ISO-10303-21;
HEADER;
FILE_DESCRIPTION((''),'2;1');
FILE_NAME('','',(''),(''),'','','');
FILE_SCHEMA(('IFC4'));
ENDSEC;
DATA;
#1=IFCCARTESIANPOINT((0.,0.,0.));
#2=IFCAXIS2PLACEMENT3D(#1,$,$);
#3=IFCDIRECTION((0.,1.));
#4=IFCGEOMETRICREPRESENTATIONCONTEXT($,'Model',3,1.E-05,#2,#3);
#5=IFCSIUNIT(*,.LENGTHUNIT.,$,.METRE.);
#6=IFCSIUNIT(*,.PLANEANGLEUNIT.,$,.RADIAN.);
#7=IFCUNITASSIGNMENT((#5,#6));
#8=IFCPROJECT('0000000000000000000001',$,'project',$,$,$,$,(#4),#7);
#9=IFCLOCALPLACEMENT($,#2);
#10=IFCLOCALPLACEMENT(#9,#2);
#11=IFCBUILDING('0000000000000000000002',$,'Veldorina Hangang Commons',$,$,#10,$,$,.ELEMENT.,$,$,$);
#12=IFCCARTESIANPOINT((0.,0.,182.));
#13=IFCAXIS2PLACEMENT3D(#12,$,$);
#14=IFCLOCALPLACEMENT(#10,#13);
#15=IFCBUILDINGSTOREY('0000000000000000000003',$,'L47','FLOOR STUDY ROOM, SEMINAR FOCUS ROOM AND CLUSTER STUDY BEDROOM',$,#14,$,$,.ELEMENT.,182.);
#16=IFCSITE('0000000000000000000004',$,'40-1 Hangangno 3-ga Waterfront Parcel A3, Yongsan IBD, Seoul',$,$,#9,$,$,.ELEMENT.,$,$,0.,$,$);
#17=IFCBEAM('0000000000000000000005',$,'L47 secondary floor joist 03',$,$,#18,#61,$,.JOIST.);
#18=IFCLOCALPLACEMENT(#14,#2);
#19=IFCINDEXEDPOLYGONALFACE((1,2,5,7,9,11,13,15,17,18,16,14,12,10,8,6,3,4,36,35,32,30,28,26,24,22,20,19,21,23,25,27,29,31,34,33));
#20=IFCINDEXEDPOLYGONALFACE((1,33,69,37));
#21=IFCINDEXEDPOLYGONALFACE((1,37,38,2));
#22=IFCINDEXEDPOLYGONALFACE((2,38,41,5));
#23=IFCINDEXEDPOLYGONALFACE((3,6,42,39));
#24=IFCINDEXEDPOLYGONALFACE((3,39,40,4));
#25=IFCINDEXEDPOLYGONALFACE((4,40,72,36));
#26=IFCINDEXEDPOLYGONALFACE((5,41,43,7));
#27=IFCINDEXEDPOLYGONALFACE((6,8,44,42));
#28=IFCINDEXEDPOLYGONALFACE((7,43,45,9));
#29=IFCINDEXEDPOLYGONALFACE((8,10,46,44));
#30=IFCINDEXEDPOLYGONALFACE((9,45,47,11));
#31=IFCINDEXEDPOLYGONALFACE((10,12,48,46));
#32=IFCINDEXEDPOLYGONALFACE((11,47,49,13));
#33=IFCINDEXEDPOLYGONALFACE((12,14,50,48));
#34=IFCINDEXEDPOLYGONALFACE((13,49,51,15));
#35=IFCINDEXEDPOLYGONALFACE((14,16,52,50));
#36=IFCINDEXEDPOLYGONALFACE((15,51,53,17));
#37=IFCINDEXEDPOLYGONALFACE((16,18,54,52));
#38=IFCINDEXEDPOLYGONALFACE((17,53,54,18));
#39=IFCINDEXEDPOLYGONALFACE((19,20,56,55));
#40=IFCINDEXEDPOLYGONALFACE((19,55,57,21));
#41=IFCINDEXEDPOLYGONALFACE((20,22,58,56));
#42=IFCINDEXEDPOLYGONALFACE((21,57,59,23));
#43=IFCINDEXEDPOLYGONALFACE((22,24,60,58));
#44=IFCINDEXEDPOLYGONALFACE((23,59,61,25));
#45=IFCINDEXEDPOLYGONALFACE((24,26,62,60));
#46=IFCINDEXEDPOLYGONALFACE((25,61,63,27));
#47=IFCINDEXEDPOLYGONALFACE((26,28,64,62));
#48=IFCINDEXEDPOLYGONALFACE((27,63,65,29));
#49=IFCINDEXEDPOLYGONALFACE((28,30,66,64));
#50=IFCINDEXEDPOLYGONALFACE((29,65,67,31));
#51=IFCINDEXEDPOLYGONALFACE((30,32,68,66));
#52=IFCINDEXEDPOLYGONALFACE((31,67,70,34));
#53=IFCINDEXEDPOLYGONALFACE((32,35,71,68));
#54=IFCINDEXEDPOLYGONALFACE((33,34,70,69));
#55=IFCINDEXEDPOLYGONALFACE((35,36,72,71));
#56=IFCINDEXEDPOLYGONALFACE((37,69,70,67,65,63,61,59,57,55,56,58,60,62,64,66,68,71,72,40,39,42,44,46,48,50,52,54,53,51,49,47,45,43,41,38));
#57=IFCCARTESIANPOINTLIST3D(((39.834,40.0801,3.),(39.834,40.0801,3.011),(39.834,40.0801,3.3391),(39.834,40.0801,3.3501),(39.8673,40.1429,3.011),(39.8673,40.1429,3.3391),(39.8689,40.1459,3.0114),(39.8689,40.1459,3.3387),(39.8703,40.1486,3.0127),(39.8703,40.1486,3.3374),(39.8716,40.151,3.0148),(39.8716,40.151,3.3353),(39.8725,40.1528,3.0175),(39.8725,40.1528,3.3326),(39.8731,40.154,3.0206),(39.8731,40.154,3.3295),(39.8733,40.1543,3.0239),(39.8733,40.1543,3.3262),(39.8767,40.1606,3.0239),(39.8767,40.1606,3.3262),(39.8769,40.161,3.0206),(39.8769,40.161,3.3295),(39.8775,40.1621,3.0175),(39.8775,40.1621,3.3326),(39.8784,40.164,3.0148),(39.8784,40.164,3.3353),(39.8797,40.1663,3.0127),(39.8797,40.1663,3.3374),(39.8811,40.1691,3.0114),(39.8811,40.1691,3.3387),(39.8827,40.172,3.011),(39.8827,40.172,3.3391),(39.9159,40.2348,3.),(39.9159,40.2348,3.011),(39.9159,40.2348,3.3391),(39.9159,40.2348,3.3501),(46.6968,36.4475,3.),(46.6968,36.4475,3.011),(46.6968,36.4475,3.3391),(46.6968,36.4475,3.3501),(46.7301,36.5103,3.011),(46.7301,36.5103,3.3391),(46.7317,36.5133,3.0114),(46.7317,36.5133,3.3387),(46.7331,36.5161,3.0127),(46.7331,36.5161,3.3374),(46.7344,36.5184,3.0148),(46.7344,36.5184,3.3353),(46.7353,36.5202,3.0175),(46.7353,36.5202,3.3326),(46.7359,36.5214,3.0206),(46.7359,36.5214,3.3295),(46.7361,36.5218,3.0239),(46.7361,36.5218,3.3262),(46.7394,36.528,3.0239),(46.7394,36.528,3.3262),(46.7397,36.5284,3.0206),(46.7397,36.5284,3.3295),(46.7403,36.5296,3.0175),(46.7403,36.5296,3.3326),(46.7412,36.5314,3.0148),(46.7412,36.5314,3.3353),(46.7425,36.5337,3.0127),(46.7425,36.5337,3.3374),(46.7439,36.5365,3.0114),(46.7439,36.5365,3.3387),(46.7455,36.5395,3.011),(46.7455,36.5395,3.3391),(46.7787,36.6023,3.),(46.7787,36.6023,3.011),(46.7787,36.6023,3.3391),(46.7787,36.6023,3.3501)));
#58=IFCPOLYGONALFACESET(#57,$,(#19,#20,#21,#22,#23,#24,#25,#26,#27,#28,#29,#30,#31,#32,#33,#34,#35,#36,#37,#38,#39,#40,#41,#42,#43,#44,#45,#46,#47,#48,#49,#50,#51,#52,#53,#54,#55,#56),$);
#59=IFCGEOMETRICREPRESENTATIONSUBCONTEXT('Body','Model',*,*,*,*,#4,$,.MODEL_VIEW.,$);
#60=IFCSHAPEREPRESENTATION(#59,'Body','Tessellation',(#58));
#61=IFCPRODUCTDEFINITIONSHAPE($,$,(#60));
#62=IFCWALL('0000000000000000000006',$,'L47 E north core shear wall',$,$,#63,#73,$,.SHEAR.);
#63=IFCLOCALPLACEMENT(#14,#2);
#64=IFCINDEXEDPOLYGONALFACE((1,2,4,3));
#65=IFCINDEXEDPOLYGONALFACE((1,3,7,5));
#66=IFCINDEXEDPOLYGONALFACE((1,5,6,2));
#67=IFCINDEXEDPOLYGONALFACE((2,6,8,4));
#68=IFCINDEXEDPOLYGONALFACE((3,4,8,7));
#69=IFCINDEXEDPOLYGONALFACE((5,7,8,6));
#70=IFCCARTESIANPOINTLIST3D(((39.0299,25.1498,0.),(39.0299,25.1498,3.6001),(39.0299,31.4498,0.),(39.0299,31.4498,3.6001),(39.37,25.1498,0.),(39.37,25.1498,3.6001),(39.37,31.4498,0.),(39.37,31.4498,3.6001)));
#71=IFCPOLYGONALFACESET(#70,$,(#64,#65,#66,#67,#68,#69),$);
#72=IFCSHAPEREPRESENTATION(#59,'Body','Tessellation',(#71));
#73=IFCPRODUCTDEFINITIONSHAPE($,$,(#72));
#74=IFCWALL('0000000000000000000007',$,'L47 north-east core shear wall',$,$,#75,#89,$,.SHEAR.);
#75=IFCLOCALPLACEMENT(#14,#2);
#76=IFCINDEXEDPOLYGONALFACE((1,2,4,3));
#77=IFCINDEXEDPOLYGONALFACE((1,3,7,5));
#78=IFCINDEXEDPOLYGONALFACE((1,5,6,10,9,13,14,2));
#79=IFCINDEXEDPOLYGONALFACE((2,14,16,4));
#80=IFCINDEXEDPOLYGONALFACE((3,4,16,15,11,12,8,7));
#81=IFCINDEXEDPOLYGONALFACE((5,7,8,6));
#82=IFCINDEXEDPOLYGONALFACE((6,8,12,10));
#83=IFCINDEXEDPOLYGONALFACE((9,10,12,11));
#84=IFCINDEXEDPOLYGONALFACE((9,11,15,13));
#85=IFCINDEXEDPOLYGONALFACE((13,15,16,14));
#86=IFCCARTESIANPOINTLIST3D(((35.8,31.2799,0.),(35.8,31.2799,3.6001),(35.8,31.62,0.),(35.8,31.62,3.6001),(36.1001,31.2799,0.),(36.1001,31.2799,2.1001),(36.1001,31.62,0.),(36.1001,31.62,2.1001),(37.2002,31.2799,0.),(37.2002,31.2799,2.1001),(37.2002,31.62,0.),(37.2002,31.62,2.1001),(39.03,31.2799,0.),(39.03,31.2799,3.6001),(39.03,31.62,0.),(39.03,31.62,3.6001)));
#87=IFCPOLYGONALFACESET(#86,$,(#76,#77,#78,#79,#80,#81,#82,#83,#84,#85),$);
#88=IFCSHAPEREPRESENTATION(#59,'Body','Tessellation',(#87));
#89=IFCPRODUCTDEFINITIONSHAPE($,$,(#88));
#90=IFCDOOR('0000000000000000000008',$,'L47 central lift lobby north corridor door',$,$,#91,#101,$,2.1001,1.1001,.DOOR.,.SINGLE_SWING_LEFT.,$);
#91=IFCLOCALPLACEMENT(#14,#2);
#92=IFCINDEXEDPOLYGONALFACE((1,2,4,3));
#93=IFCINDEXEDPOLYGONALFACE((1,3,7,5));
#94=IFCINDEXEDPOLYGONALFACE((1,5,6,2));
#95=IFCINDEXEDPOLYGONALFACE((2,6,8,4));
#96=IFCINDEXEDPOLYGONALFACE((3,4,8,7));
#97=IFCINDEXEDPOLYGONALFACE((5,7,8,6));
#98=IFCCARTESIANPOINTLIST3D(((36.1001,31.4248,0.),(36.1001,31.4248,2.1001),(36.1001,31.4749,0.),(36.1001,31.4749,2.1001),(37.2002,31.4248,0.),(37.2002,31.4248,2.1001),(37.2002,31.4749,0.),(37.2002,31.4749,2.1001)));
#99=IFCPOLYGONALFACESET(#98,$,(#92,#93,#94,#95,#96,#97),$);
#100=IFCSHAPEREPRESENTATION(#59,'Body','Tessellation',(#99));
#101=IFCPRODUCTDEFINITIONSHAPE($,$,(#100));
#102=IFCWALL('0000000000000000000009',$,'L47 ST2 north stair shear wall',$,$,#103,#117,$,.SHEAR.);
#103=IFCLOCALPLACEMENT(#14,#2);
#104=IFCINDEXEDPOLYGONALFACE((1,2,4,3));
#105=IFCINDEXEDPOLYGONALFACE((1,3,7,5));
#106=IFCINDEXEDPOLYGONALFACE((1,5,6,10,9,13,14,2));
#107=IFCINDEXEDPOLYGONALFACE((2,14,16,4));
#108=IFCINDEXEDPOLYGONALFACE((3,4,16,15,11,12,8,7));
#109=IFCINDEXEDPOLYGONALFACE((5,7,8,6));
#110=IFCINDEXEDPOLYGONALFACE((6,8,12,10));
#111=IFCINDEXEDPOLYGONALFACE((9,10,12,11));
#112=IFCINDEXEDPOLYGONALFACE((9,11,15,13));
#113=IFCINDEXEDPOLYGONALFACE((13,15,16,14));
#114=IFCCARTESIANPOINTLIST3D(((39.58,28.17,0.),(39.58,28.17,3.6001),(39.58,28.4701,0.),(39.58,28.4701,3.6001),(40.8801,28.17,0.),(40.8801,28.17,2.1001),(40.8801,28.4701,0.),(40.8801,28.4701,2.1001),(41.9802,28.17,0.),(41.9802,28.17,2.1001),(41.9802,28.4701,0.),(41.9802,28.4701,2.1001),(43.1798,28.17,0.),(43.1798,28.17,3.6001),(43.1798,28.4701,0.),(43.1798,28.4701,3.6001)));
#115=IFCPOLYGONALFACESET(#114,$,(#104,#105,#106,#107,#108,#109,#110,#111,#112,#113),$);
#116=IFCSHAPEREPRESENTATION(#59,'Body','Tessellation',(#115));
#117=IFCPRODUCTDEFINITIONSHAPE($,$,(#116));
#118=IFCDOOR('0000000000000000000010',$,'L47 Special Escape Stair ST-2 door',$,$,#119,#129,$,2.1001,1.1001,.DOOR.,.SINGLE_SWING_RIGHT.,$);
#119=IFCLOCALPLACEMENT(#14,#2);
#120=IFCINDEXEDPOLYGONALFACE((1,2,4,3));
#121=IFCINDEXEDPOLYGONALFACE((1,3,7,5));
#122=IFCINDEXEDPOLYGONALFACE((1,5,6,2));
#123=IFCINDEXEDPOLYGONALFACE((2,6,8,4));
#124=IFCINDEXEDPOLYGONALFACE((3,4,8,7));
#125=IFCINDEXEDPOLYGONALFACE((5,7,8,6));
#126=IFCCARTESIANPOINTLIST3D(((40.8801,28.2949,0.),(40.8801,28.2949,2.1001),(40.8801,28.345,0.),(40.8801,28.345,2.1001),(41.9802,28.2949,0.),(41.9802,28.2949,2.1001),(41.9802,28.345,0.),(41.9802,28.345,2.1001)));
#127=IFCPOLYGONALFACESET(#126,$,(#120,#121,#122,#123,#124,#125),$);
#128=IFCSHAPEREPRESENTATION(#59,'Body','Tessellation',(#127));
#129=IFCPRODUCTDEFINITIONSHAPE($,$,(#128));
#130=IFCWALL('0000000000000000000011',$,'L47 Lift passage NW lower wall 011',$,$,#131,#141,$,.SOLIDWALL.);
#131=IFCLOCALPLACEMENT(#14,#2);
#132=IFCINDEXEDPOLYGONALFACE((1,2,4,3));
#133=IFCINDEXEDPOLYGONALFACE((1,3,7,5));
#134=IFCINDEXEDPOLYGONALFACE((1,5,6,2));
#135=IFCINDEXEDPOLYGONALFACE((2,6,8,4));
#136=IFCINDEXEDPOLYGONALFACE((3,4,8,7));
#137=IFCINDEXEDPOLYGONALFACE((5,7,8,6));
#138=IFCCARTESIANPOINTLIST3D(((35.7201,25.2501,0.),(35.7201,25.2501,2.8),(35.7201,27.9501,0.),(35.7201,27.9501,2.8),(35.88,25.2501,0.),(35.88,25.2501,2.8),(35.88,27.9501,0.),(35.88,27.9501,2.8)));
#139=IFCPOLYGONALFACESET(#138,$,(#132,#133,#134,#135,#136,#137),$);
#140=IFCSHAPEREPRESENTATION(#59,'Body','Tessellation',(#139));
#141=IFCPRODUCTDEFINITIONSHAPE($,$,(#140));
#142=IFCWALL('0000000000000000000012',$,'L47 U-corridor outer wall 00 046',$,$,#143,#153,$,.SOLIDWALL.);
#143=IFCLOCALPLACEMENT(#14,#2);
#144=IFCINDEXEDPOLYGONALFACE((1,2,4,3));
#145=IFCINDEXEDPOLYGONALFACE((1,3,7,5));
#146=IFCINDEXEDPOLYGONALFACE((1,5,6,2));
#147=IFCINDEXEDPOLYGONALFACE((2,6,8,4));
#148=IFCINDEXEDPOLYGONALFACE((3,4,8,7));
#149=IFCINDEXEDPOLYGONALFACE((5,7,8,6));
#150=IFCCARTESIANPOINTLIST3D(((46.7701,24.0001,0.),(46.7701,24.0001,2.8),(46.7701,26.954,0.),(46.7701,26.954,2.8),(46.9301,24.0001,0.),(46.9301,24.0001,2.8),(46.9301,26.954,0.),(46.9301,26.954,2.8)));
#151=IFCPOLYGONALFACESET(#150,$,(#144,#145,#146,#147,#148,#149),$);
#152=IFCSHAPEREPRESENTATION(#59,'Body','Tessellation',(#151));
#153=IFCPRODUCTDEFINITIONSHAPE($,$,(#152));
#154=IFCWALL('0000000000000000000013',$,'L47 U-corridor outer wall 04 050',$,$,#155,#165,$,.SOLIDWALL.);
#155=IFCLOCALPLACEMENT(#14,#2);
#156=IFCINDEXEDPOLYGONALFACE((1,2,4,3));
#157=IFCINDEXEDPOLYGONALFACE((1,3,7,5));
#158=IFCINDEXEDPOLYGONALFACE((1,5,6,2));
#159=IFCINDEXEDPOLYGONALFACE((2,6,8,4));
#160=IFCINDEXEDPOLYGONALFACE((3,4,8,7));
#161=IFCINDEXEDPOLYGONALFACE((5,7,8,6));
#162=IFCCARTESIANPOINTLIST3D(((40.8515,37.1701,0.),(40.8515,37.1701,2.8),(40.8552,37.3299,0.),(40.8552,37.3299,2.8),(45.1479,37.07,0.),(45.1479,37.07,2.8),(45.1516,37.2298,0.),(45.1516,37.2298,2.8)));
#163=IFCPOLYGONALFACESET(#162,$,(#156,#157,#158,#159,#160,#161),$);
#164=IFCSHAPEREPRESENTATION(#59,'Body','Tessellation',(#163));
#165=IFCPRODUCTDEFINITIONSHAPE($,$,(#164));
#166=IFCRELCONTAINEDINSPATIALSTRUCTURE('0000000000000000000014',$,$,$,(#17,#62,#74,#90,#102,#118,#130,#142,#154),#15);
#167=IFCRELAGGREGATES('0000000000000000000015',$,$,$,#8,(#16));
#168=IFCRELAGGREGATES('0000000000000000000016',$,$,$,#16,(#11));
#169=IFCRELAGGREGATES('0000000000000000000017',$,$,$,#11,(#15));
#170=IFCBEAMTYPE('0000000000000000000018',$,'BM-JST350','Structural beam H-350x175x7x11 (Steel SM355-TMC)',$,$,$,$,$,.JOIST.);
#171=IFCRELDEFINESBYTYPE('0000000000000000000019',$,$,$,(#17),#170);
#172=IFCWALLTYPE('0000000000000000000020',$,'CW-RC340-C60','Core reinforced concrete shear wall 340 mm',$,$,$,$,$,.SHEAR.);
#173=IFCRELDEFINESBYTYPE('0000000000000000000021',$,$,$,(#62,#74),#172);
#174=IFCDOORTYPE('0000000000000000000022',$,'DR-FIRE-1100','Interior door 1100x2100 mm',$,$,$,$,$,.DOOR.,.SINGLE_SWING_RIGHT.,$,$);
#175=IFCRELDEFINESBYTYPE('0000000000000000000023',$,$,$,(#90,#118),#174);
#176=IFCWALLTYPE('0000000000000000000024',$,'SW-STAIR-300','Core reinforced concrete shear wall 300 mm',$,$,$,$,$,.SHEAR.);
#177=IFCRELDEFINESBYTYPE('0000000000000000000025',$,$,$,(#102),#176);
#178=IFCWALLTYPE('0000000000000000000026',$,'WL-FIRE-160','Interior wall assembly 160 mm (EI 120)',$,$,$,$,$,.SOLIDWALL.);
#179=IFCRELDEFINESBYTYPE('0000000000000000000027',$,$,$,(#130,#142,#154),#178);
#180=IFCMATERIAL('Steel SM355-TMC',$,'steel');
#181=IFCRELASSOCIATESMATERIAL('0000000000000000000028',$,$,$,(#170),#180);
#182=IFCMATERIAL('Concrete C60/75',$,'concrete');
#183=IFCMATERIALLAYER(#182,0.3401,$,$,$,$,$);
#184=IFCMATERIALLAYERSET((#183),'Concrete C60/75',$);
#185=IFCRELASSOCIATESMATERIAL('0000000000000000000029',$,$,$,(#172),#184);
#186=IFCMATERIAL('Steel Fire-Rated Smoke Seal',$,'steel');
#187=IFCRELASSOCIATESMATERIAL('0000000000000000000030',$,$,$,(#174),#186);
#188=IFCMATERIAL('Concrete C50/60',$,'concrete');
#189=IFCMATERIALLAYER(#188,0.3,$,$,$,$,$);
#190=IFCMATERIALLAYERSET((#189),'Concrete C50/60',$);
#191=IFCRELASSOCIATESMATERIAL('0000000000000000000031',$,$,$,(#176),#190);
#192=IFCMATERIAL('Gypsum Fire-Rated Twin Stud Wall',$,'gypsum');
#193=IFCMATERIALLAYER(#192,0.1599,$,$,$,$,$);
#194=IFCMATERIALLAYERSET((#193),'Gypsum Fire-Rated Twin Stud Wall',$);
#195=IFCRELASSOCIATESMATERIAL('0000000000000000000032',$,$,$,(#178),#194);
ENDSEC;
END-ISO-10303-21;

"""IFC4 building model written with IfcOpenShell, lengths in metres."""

from ifc_helpers import new_model, si_unit, direction, frame, frame_2d, origin, origin_2d, place, context, subcontext, project, spatial, rectangle, i_section, extrude, material, layer, layer_set, material_profile, profile_set, type_object, element, fill, save


model = new_model("IFC4")

# Units and contexts
model_context = context("Model", 3, precision=1e-05, world=origin(), true_north=direction((0.0, 1.0)))
body_context = subcontext(model_context, "Body", "Model", "MODEL_VIEW")
ifc_project = project(units=[si_unit("LENGTHUNIT", "METRE"), si_unit("PLANEANGLEUNIT", "RADIAN")], contexts=[model_context])

# Site, building, storey
site_placement = place(None, origin())
site = spatial("IfcSite", under=ifc_project, at=site_placement, Name="40-1 Hangangno 3-ga Waterfront Parcel A3, Yongsan IBD, Seoul", CompositionType="ELEMENT", RefElevation=0.0)
building_placement = place(site_placement, origin())
building = spatial("IfcBuilding", under=site, at=building_placement, Name="Veldorina Hangang Commons", CompositionType="ELEMENT")
storey_placement = place(building_placement, frame((0.0, 0.0, 182.0)))
storey = spatial("IfcBuildingStorey", under=building, at=storey_placement, Name="L47", Description="FLOOR STUDY ROOM, SEMINAR FOCUS ROOM AND CLUSTER STUDY BEDROOM", CompositionType="ELEMENT", Elevation=182.0)

# Beam
ifc_material_1 = material(Name="Steel SM355-TMC", Category="steel")
ifc_material_profile_1 = material_profile(ifc_material_1, i_section(OverallWidth=0.175, OverallDepth=0.3501, WebThickness=0.0071, FlangeThickness=0.011, FilletRadius=0.0129, at=origin_2d()), Name="H-350x175x7x11")
ifc_profile_set_1 = profile_set([ifc_material_profile_1], Name="Steel SM355-TMC")
beam_type_1 = type_object("IfcBeamType", Name="BM-JST350", Description="Structural beam H-350x175x7x11 (Steel SM355-TMC)", PredefinedType="JOIST", material=ifc_profile_set_1)
beam_1_placement = place(storey_placement, frame((46.7378, 36.5249, 3.175), z_axis=(-0.883824, 0.46782, 0.0), x_axis=(-0.46782, -0.883824, 0.0)))
element("IfcBeam", 1, at=beam_1_placement, inside=storey, type_object=beam_type_1, Name="L47 secondary floor joist 03", PredefinedType="JOIST", context=body_context, shape_type="SweptSolid", body=[
    extrude(i_section(OverallWidth=0.175, OverallDepth=0.3501, WebThickness=0.0071, FlangeThickness=0.011, FilletRadius=0.0129, at=origin_2d()), origin(), (0.0, 0.0, 1.0), 7.7649),
])

# Wall
ifc_material_2 = material(Name="Concrete C60/75", Category="concrete")
ifc_layer_1 = layer(ifc_material_2, 0.3401)
ifc_layer_set_1 = layer_set([ifc_layer_1], Name="Concrete C60/75")
wall_type_1 = type_object("IfcWallType", Name="CW-RC340-C60", Description="Core reinforced concrete shear wall 340 mm", PredefinedType="SHEAR", material=ifc_layer_set_1)
wall_1_placement = place(storey_placement, frame((39.2, 25.1499, 0.0), z_axis=(0.0, 0.0, 1.0), x_axis=(0.0, 1.0, 0.0)))
element("IfcWall", 2, at=wall_1_placement, inside=storey, type_object=wall_type_1, Name="L47 E north core shear wall", PredefinedType="SHEAR", context=body_context, shape_type="SweptSolid", body=[
    extrude(rectangle(XDim=6.3, YDim=0.3401, at=frame_2d((3.1499, 0.0))), origin(), (0.0, 0.0, 1.0), 3.6001),
])

# Walls, openings, doors
wall_2_placement = place(storey_placement, frame((35.8, 31.45, 0.0), z_axis=(0.0, 0.0, 1.0), x_axis=(1.0, 0.0, 0.0)))
wall_2 = element("IfcWall", 3, at=wall_2_placement, inside=storey, type_object=wall_type_1, Name="L47 north-east core shear wall", PredefinedType="SHEAR", context=body_context, shape_type="SweptSolid", body=[
    extrude(rectangle(XDim=3.23, YDim=0.3401, at=frame_2d((1.615, 0.0))), origin(), (0.0, 0.0, 1.0), 3.6001),
])
opening_1_placement = place(wall_2_placement, frame((0.3, 0.0, 0.0)))
opening_1 = element("IfcOpeningElement", 4, at=opening_1_placement, cuts=wall_2, PredefinedType="OPENING", context=body_context, shape_type="SweptSolid", body=[
    extrude(rectangle(XDim=1.1001, YDim=2.1001, at=frame_2d((0.55, 1.05))), frame((0.0, 0.1802, 0.0), z_axis=(0.0, -1.0, 0.0), x_axis=(1.0, 0.0, 0.0)), (0.0, 0.0, 1.0), 0.3601),
])
ifc_material_3 = material(Name="Steel Fire-Rated Smoke Seal", Category="steel")
door_type_1 = type_object("IfcDoorType", Name="DR-FIRE-1100", Description="Interior door 1100x2100 mm", OperationType="SINGLE_SWING_RIGHT", PredefinedType="DOOR", material=ifc_material_3)
door_1_placement = place(opening_1_placement, origin())
door_1 = element("IfcDoor", 5, at=door_1_placement, inside=storey, type_object=door_type_1, Name="L47 central lift lobby north corridor door", OperationType="SINGLE_SWING_LEFT", OverallHeight=2.1001, OverallWidth=1.1001, PredefinedType="DOOR", context=body_context, shape_type="SweptSolid", body=[
    extrude(rectangle(XDim=1.1001, YDim=2.1001, at=frame_2d((0.55, 1.05))), frame((0.0, 0.0249, 0.0), z_axis=(0.0, -1.0, 0.0), x_axis=(1.0, 0.0, 0.0)), (0.0, 0.0, 1.0), 0.05),
])
fill(opening_1, door_1)
ifc_material_4 = material(Name="Concrete C50/60", Category="concrete")
ifc_layer_2 = layer(ifc_material_4, 0.3)
ifc_layer_set_2 = layer_set([ifc_layer_2], Name="Concrete C50/60")
wall_type_2 = type_object("IfcWallType", Name="SW-STAIR-300", Description="Core reinforced concrete shear wall 300 mm", PredefinedType="SHEAR", material=ifc_layer_set_2)
wall_3_placement = place(storey_placement, frame((39.5801, 28.3201, 0.0), z_axis=(0.0, 0.0, 1.0), x_axis=(1.0, 0.0, 0.0)))
wall_3 = element("IfcWall", 6, at=wall_3_placement, inside=storey, type_object=wall_type_2, Name="L47 ST2 north stair shear wall", PredefinedType="SHEAR", context=body_context, shape_type="SweptSolid", body=[
    extrude(rectangle(XDim=3.5999, YDim=0.3, at=frame_2d((1.7998, 0.0))), origin(), (0.0, 0.0, 1.0), 3.6001),
])
opening_2_placement = place(wall_3_placement, frame((1.3, 0.0, 0.0)))
opening_2 = element("IfcOpeningElement", 7, at=opening_2_placement, cuts=wall_3, PredefinedType="OPENING", context=body_context, shape_type="SweptSolid", body=[
    extrude(rectangle(XDim=1.1001, YDim=2.1001, at=frame_2d((0.55, 1.05))), frame((0.0, 0.1602, 0.0), z_axis=(0.0, -1.0, 0.0), x_axis=(1.0, 0.0, 0.0)), (0.0, 0.0, 1.0), 0.3201),
])
door_2_placement = place(opening_2_placement, origin())
door_2 = element("IfcDoor", 8, at=door_2_placement, inside=storey, type_object=door_type_1, Name="L47 Special Escape Stair ST-2 door", OperationType="SINGLE_SWING_RIGHT", OverallHeight=2.1001, OverallWidth=1.1001, PredefinedType="DOOR", context=body_context, shape_type="SweptSolid", body=[
    extrude(rectangle(XDim=1.1001, YDim=2.1001, at=frame_2d((0.55, 1.05))), frame((0.0, 0.0249, 0.0), z_axis=(0.0, -1.0, 0.0), x_axis=(1.0, 0.0, 0.0)), (0.0, 0.0, 1.0), 0.05),
])
fill(opening_2, door_2)

# Walls
ifc_material_5 = material(Name="Gypsum Fire-Rated Twin Stud Wall", Category="gypsum")
ifc_layer_3 = layer(ifc_material_5, 0.1599)
ifc_layer_set_3 = layer_set([ifc_layer_3], Name="Gypsum Fire-Rated Twin Stud Wall")
wall_type_3 = type_object("IfcWallType", Name="WL-FIRE-160", Description="Interior wall assembly 160 mm (EI 120)", PredefinedType="SOLIDWALL", material=ifc_layer_set_3)
wall_4_placement = place(storey_placement, frame((35.8, 25.25, 0.0), z_axis=(0.0, 0.0, 1.0), x_axis=(0.0, 1.0, 0.0)))
element("IfcWall", 9, at=wall_4_placement, inside=storey, type_object=wall_type_3, Name="L47 Lift passage NW lower wall 011", PredefinedType="SOLIDWALL", context=body_context, shape_type="SweptSolid", body=[
    extrude(rectangle(XDim=2.7, YDim=0.1599, at=frame_2d((1.3501, 0.0))), origin(), (0.0, 0.0, 1.0), 2.8),
])
wall_5_placement = place(storey_placement, frame((46.8501, 24.0, 0.0), z_axis=(0.0, 0.0, 1.0), x_axis=(0.0, 1.0, 0.0)))
element("IfcWall", 10, at=wall_5_placement, inside=storey, type_object=wall_type_3, Name="L47 U-corridor outer wall 00 046", PredefinedType="SOLIDWALL", context=body_context, shape_type="SweptSolid", body=[
    extrude(rectangle(XDim=2.9539, YDim=0.1599, at=frame_2d((1.4771, 0.0))), origin(), (0.0, 0.0, 1.0), 2.8),
])
wall_6_placement = place(storey_placement, frame((45.1499, 37.1499, 0.0), z_axis=(0.0, 0.0, 1.0), x_axis=(-0.999729, 0.023292, 0.0)))
element("IfcWall", 11, at=wall_6_placement, inside=storey, type_object=wall_type_3, Name="L47 U-corridor outer wall 04 050", PredefinedType="SOLIDWALL", context=body_context, shape_type="SweptSolid", body=[
    extrude(rectangle(XDim=4.2976, YDim=0.1599, at=frame_2d((2.1489, 0.0))), origin(), (0.0, 0.0, 1.0), 2.8),
])

save(model, "model.ifc")
